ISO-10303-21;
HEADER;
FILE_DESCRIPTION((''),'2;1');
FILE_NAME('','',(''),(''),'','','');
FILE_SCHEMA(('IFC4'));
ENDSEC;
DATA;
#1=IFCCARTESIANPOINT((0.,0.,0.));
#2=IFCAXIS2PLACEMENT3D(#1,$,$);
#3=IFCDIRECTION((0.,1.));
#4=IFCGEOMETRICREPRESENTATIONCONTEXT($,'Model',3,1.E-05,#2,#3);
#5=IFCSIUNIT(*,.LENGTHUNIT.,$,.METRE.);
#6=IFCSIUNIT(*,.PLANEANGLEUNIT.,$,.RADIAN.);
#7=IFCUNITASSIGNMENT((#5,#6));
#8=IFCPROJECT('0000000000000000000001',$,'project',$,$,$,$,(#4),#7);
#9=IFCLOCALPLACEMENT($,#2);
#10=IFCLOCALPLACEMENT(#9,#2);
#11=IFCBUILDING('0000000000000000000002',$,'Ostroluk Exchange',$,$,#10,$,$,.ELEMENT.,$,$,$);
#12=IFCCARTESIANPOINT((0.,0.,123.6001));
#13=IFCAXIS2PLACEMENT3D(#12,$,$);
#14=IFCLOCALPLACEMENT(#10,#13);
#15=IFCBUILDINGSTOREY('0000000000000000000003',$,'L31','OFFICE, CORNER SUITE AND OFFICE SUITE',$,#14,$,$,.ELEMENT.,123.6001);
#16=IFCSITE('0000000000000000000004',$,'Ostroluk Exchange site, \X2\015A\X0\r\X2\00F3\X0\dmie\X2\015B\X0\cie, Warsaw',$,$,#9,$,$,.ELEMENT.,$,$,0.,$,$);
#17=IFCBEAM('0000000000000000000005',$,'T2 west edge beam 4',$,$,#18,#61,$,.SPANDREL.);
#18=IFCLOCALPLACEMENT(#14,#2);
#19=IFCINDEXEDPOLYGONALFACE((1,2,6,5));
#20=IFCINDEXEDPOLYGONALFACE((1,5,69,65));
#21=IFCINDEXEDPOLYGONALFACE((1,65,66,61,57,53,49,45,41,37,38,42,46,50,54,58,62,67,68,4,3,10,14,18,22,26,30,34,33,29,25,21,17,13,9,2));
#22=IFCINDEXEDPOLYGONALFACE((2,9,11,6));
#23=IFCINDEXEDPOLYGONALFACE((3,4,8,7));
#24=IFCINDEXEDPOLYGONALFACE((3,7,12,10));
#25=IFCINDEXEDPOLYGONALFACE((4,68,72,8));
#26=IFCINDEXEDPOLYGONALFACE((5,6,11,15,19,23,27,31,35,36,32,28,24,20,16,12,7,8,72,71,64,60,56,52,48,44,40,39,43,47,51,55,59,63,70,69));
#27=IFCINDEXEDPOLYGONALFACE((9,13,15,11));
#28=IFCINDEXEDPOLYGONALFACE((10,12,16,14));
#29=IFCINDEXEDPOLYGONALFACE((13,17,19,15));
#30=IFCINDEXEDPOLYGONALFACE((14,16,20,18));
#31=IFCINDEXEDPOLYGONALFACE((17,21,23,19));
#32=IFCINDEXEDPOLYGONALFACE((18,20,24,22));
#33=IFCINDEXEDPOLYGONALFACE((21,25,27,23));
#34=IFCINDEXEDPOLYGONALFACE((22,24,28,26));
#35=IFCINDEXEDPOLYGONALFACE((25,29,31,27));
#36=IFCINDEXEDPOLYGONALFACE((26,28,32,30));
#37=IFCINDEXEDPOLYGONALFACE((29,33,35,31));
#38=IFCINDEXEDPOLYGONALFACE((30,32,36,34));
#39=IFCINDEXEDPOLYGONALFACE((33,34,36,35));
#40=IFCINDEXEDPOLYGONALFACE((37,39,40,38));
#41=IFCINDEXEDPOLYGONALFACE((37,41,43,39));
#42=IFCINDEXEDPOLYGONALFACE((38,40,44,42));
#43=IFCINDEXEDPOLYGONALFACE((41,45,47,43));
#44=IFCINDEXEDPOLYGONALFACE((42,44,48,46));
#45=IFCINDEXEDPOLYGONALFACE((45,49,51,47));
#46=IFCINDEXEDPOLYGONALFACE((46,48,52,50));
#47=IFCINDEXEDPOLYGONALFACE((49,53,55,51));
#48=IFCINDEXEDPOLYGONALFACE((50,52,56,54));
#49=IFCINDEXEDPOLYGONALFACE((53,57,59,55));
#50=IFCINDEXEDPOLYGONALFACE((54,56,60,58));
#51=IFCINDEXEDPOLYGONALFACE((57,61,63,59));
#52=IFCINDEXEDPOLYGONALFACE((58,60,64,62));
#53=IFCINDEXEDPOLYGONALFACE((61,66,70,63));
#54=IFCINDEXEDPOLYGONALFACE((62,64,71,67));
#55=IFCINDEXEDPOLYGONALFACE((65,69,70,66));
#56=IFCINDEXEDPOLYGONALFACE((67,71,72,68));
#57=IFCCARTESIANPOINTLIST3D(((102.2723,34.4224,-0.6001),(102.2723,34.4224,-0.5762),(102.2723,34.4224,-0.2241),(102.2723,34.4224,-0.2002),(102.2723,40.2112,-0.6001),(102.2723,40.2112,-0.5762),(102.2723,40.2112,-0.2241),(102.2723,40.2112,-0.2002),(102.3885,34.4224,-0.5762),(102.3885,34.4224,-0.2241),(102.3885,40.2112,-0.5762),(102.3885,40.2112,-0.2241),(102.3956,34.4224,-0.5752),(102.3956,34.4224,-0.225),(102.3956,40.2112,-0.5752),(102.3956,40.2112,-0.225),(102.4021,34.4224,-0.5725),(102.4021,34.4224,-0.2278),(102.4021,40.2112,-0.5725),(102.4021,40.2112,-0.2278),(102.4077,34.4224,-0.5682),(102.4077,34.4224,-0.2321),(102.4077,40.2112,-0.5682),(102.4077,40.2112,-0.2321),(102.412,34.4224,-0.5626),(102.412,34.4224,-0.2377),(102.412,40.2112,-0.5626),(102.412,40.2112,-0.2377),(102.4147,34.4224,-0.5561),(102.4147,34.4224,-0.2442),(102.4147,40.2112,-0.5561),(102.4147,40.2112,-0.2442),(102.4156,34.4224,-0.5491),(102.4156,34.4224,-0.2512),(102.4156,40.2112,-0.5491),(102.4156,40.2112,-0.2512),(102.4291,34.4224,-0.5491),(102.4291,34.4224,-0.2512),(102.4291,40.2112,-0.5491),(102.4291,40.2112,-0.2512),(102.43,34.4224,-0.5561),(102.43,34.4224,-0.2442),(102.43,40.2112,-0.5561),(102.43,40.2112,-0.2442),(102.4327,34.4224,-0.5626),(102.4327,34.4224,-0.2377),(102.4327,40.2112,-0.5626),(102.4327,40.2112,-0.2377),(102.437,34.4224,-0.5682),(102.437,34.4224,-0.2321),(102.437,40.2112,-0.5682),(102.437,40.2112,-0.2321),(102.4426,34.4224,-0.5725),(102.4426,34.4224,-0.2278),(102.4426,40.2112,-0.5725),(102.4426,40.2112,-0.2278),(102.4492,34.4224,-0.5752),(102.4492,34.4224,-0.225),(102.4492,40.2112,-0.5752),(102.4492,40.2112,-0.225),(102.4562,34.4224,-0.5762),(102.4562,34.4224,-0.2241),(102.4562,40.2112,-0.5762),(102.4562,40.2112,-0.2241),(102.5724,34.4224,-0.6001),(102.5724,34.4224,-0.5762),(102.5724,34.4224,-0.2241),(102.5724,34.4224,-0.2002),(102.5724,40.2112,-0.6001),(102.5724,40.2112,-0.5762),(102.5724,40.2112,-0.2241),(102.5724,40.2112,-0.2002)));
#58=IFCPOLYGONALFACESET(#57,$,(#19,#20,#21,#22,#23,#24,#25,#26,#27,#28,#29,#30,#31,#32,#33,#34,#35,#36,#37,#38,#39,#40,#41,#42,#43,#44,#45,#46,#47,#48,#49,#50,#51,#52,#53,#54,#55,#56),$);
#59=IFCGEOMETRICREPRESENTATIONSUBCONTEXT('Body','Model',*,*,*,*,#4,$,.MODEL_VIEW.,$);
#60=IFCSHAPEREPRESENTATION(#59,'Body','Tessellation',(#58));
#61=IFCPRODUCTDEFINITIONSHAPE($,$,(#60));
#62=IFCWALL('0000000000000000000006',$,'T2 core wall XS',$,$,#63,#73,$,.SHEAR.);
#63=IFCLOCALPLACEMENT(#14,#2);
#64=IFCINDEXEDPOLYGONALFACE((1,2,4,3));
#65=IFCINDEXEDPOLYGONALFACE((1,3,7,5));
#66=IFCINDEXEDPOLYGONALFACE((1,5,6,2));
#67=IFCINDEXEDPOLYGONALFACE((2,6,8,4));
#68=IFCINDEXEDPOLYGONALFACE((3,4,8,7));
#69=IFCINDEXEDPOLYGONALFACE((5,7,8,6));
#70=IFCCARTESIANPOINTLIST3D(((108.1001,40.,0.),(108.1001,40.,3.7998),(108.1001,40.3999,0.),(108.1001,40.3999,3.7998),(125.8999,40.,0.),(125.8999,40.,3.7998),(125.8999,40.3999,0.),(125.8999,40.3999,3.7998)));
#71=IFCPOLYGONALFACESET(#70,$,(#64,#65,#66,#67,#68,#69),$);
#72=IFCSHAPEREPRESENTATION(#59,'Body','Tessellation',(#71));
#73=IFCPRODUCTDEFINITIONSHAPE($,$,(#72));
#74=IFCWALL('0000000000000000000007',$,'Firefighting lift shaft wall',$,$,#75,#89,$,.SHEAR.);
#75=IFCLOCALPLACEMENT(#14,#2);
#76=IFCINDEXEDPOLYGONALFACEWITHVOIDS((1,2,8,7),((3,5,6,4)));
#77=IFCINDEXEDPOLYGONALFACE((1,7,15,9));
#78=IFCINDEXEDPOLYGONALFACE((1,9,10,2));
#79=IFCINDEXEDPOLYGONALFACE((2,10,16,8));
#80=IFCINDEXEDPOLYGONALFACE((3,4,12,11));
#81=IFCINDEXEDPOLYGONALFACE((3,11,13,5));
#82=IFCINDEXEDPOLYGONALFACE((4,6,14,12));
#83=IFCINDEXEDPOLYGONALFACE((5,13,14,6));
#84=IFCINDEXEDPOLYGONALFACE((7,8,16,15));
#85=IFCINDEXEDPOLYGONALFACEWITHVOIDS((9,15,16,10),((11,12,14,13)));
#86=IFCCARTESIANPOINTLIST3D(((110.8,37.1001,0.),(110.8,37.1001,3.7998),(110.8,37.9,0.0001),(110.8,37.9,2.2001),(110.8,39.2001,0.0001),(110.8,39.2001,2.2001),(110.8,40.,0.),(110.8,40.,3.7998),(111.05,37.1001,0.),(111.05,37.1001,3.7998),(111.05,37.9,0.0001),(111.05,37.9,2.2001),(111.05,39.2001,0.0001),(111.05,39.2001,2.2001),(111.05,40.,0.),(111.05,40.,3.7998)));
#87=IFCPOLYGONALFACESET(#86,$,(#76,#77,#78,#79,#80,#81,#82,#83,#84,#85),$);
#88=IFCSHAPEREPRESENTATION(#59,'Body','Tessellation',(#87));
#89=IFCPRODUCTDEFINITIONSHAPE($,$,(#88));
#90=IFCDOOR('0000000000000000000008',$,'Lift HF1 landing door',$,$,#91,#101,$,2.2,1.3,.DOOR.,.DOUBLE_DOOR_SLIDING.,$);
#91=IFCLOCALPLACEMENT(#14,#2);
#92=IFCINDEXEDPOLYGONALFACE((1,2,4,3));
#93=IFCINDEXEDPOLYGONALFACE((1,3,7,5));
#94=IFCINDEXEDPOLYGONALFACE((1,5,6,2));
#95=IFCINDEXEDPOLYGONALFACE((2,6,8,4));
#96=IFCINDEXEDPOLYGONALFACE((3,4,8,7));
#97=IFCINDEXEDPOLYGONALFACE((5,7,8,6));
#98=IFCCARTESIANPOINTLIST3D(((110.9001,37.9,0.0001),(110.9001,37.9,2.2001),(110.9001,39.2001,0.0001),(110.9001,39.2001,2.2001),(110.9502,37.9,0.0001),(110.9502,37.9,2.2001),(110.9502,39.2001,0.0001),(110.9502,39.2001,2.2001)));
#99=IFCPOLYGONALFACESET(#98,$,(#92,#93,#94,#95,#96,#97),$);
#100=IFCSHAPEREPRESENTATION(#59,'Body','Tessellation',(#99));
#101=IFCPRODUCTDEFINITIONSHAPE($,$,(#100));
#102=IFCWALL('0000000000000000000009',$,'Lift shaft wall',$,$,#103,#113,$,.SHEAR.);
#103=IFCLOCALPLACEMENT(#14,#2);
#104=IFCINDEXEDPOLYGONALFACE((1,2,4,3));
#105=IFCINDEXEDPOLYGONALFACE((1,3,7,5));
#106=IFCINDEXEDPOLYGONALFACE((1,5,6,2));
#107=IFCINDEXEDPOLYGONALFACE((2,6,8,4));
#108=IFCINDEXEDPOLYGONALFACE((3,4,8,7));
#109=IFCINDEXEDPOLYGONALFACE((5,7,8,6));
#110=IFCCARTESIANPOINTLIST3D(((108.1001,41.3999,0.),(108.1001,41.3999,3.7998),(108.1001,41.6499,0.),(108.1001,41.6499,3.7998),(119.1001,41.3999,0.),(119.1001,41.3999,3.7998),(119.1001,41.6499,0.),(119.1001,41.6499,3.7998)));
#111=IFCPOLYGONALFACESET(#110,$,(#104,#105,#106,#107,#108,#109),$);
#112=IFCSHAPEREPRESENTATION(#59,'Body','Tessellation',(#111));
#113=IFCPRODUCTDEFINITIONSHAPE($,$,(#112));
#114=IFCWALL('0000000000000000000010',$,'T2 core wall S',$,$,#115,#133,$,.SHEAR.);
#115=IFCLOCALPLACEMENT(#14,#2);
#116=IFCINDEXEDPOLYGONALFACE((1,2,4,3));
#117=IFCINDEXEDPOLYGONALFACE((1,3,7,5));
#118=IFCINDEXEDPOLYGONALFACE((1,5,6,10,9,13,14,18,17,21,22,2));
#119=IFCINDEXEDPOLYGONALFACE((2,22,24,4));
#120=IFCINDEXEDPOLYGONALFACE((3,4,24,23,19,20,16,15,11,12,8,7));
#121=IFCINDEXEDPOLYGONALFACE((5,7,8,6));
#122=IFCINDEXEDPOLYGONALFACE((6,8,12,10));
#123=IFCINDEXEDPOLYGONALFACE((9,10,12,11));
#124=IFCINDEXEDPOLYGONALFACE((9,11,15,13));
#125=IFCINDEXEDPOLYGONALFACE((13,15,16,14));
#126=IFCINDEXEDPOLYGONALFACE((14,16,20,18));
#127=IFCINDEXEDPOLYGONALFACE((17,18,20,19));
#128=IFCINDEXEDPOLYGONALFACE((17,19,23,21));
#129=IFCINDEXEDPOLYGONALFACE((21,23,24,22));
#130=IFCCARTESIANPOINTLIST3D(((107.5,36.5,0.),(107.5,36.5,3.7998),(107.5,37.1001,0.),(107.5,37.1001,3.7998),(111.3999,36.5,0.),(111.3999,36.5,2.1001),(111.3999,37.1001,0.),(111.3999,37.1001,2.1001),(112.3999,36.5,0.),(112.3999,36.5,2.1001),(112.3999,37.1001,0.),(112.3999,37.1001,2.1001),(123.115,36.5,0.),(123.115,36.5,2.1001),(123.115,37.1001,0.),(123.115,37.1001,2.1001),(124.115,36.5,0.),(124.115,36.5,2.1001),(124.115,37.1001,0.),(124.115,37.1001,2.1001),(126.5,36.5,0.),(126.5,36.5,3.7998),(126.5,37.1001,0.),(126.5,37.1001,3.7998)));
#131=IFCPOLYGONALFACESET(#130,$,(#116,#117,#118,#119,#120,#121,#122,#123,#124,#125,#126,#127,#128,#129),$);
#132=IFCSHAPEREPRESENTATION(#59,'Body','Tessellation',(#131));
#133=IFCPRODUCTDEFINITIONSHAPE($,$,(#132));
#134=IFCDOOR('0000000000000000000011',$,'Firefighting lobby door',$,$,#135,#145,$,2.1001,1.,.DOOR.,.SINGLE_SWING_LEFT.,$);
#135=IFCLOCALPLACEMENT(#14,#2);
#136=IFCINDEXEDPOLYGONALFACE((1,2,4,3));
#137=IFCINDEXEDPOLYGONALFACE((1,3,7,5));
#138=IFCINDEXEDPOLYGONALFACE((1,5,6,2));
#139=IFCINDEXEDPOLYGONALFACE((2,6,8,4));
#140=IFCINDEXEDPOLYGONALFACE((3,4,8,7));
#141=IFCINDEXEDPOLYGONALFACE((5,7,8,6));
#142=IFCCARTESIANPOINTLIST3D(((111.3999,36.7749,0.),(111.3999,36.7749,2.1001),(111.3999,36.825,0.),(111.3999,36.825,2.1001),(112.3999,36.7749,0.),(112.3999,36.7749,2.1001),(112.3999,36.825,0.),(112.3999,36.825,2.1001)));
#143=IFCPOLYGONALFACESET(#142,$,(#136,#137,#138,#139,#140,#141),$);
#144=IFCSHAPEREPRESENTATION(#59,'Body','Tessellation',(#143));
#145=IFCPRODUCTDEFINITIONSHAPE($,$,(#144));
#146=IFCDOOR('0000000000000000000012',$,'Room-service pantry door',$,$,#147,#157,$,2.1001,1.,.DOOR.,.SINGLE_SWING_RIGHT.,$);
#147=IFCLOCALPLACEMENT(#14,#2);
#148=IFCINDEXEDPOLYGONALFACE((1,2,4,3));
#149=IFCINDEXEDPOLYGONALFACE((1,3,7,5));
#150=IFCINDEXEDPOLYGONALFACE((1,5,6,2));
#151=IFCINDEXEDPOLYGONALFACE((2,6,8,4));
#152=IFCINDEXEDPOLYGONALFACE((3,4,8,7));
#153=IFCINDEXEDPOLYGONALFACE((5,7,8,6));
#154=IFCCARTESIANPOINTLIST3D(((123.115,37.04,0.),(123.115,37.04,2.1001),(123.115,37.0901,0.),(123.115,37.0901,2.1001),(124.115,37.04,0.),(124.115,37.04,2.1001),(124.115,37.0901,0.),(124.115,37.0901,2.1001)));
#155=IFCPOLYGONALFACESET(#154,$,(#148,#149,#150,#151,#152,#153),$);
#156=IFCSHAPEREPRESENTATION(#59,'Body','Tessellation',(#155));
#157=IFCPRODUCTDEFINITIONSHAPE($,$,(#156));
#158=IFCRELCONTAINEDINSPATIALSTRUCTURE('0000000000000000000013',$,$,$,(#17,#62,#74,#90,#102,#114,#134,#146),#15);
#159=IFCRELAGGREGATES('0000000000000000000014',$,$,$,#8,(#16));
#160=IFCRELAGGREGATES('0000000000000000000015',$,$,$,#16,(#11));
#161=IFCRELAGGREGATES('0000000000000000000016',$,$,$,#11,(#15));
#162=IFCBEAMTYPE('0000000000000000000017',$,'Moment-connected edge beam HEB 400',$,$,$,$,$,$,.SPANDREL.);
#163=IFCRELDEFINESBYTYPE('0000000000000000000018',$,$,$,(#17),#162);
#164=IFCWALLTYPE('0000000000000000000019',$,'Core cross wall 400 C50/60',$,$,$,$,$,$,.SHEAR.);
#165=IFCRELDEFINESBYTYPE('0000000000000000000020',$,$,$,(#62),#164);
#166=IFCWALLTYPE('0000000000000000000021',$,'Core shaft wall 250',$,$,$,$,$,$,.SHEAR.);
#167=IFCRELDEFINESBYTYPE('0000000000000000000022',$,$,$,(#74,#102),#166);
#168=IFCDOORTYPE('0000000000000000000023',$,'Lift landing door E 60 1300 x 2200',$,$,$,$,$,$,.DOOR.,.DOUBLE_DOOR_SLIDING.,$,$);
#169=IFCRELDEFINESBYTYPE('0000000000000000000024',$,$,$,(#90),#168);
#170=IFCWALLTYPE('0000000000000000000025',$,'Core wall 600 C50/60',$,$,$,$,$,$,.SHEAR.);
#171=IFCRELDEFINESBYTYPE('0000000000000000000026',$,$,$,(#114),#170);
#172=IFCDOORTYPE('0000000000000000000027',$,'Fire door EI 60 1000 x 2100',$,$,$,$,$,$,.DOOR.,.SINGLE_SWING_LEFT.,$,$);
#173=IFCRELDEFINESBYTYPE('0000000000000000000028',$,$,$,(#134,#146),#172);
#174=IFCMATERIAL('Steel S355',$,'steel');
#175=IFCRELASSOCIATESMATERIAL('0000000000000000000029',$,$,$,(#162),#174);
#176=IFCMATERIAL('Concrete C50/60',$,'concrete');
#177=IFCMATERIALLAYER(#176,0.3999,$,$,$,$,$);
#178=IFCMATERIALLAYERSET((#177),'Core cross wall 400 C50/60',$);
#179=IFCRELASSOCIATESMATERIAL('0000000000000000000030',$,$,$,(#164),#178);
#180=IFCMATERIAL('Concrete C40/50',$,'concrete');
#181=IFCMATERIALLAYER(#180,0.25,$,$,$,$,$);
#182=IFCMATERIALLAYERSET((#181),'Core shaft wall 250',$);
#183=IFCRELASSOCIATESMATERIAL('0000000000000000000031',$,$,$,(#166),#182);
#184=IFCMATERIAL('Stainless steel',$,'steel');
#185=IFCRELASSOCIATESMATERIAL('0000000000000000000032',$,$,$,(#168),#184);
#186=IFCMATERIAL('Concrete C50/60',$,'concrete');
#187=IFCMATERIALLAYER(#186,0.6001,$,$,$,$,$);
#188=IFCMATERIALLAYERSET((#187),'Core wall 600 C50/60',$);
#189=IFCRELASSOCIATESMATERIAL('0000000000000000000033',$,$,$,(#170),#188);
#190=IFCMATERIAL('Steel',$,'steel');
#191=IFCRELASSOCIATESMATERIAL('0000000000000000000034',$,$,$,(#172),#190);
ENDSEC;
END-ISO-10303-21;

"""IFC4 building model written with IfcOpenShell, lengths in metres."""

from ifc_helpers import new_model, si_unit, direction, frame, frame_2d, origin, origin_2d, place, context, subcontext, project, spatial, rectangle, i_section, extrude, material, layer, layer_set, material_profile, profile_set, type_object, element, fill, save


model = new_model("IFC4")

# Units and contexts
model_context = context("Model", 3, precision=1e-05, world=origin(), true_north=direction((0.0, 1.0)))
body_context = subcontext(model_context, "Body", "Model", "MODEL_VIEW")
ifc_project = project(units=[si_unit("LENGTHUNIT", "METRE"), si_unit("PLANEANGLEUNIT", "RADIAN")], contexts=[model_context])

# Site, building, storey
site_placement = place(None, origin())
site = spatial("IfcSite", under=ifc_project, at=site_placement, Name="Ostroluk Exchange site, Śródmieście, Warsaw", CompositionType="ELEMENT", RefElevation=0.0)
building_placement = place(site_placement, origin())
building = spatial("IfcBuilding", under=site, at=building_placement, Name="Ostroluk Exchange", CompositionType="ELEMENT")
storey_placement = place(building_placement, frame((0.0, 0.0, 123.6001)))
storey = spatial("IfcBuildingStorey", under=building, at=storey_placement, Name="L31", Description="OFFICE, CORNER SUITE AND OFFICE SUITE", CompositionType="ELEMENT", Elevation=123.6001)

# Beam
ifc_material_1 = material(Name="Steel S355", Category="steel")
ifc_material_profile_1 = material_profile(ifc_material_1, i_section(OverallWidth=0.3, OverallDepth=0.3999, WebThickness=0.0134, FlangeThickness=0.0239, FilletRadius=0.0271, at=origin_2d()), Name="HEB 400")
ifc_profile_set_1 = profile_set([ifc_material_profile_1], Name="Steel S355")
beam_type_1 = type_object("IfcBeamType", Name="Moment-connected edge beam HEB 400", PredefinedType="SPANDREL", material=ifc_profile_set_1)
beam_1_placement = place(storey_placement, frame((102.4224, 40.2112, -0.4001), z_axis=(0.0, -1.0, 0.0), x_axis=(1.0, 0.0, 0.0)))
element("IfcBeam", 1, at=beam_1_placement, inside=storey, type_object=beam_type_1, Name="T2 west edge beam 4", PredefinedType="SPANDREL", context=body_context, shape_type="SweptSolid", body=[
    extrude(i_section(OverallWidth=0.3, OverallDepth=0.3999, WebThickness=0.0134, FlangeThickness=0.0239, FilletRadius=0.0271, at=origin_2d()), origin(), (0.0, 0.0, 1.0), 5.7888),
])

# Wall
ifc_material_2 = material(Name="Concrete C50/60", Category="concrete")
ifc_layer_1 = layer(ifc_material_2, 0.3999)
ifc_layer_set_1 = layer_set([ifc_layer_1], Name="Core cross wall 400 C50/60")
wall_type_1 = type_object("IfcWallType", Name="Core cross wall 400 C50/60", PredefinedType="SHEAR", material=ifc_layer_set_1)
wall_1_placement = place(storey_placement, frame((108.1001, 40.2, 0.0), z_axis=(0.0, 0.0, 1.0), x_axis=(1.0, 0.0, 0.0)))
element("IfcWall", 2, at=wall_1_placement, inside=storey, type_object=wall_type_1, Name="T2 core wall XS", PredefinedType="SHEAR", context=body_context, shape_type="SweptSolid", body=[
    extrude(rectangle(XDim=17.7998, YDim=0.3999, at=frame_2d((8.8999, 0.0))), origin(), (0.0, 0.0, 1.0), 3.7998),
])

# Wall, opening, door
ifc_material_3 = material(Name="Concrete C40/50", Category="concrete")
ifc_layer_2 = layer(ifc_material_3, 0.25)
ifc_layer_set_2 = layer_set([ifc_layer_2], Name="Core shaft wall 250")
wall_type_2 = type_object("IfcWallType", Name="Core shaft wall 250", PredefinedType="SHEAR", material=ifc_layer_set_2)
wall_2_placement = place(storey_placement, frame((110.925, 37.1001, 0.0), z_axis=(0.0, 0.0, 1.0), x_axis=(0.0, 1.0, 0.0)))
wall_2 = element("IfcWall", 3, at=wall_2_placement, inside=storey, type_object=wall_type_2, Name="Firefighting lift shaft wall", PredefinedType="SHEAR", context=body_context, shape_type="SweptSolid", body=[
    extrude(rectangle(XDim=2.8999, YDim=0.25, at=frame_2d((1.45, 0.0))), origin(), (0.0, 0.0, 1.0), 3.7998),
])
opening_1_placement = place(wall_2_placement, frame((0.8, 0.0, 0.0)))
opening_1 = element("IfcOpeningElement", 4, at=opening_1_placement, cuts=wall_2, PredefinedType="OPENING", context=body_context, shape_type="SweptSolid", body=[
    extrude(rectangle(XDim=1.3, YDim=2.2, at=frame_2d((0.6499, 1.1001))), frame((0.0, 0.135, 0.0), z_axis=(0.0, -1.0, 0.0), x_axis=(1.0, 0.0, 0.0)), (0.0, 0.0, 1.0), 0.27),
])
ifc_material_4 = material(Name="Stainless steel", Category="steel")
door_type_1 = type_object("IfcDoorType", Name="Lift landing door E 60 1300 x 2200", OperationType="DOUBLE_DOOR_SLIDING", PredefinedType="DOOR", material=ifc_material_4)
door_1_placement = place(opening_1_placement, origin())
door_1 = element("IfcDoor", 5, at=door_1_placement, inside=storey, type_object=door_type_1, Name="Lift HF1 landing door", OperationType="DOUBLE_DOOR_SLIDING", OverallHeight=2.2, OverallWidth=1.3, PredefinedType="DOOR", context=body_context, shape_type="SweptSolid", body=[
    extrude(rectangle(XDim=1.3, YDim=2.2, at=frame_2d((0.6499, 1.1001))), frame((0.0, 0.0249, 0.0), z_axis=(0.0, -1.0, 0.0), x_axis=(1.0, 0.0, 0.0)), (0.0, 0.0, 1.0), 0.05),
])
fill(opening_1, door_1)

# Wall
wall_3_placement = place(storey_placement, frame((108.1001, 41.5249, 0.0), z_axis=(0.0, 0.0, 1.0), x_axis=(1.0, 0.0, 0.0)))
element("IfcWall", 6, at=wall_3_placement, inside=storey, type_object=wall_type_2, Name="Lift shaft wall", PredefinedType="SHEAR", context=body_context, shape_type="SweptSolid", body=[
    extrude(rectangle(XDim=11.0, YDim=0.25, at=frame_2d((5.5, 0.0))), origin(), (0.0, 0.0, 1.0), 3.7998),
])

# Wall, openings, doors
ifc_material_5 = material(Name="Concrete C50/60", Category="concrete")
ifc_layer_3 = layer(ifc_material_5, 0.6001)
ifc_layer_set_3 = layer_set([ifc_layer_3], Name="Core wall 600 C50/60")
wall_type_3 = type_object("IfcWallType", Name="Core wall 600 C50/60", PredefinedType="SHEAR", material=ifc_layer_set_3)
wall_4_placement = place(storey_placement, frame((107.5, 36.8, 0.0), z_axis=(0.0, 0.0, 1.0), x_axis=(1.0, 0.0, 0.0)))
wall_4 = element("IfcWall", 7, at=wall_4_placement, inside=storey, type_object=wall_type_3, Name="T2 core wall S", PredefinedType="SHEAR", context=body_context, shape_type="SweptSolid", body=[
    extrude(rectangle(XDim=19.0, YDim=0.6001, at=frame_2d((9.5, 0.0))), origin(), (0.0, 0.0, 1.0), 3.7998),
])
opening_2_placement = place(wall_4_placement, frame((3.8999, 0.0, 0.0)))
opening_2 = element("IfcOpeningElement", 8, at=opening_2_placement, cuts=wall_4, PredefinedType="OPENING", context=body_context, shape_type="SweptSolid", body=[
    extrude(rectangle(XDim=1.0, YDim=2.1001, at=frame_2d((0.5, 1.05))), frame((0.0, 0.3101, 0.0), z_axis=(0.0, -1.0, 0.0), x_axis=(1.0, 0.0, 0.0)), (0.0, 0.0, 1.0), 0.6201),
])
opening_3_placement = place(wall_4_placement, frame((15.615, 0.0, 0.0)))
opening_3 = element("IfcOpeningElement", 9, at=opening_3_placement, cuts=wall_4, PredefinedType="OPENING", context=body_context, shape_type="SweptSolid", body=[
    extrude(rectangle(XDim=1.0, YDim=2.1001, at=frame_2d((0.5, 1.05))), frame((0.0, 0.3101, 0.0), z_axis=(0.0, -1.0, 0.0), x_axis=(1.0, 0.0, 0.0)), (0.0, 0.0, 1.0), 0.6201),
])
ifc_material_6 = material(Name="Steel", Category="steel")
door_type_2 = type_object("IfcDoorType", Name="Fire door EI 60 1000 x 2100", OperationType="SINGLE_SWING_LEFT", PredefinedType="DOOR", material=ifc_material_6)
door_2_placement = place(opening_2_placement, origin())
door_2 = element("IfcDoor", 10, at=door_2_placement, inside=storey, type_object=door_type_2, Name="Firefighting lobby door", OperationType="SINGLE_SWING_LEFT", OverallHeight=2.1001, OverallWidth=1.0, PredefinedType="DOOR", context=body_context, shape_type="SweptSolid", body=[
    extrude(rectangle(XDim=1.0, YDim=2.1001, at=frame_2d((0.5, 1.05))), frame((0.0, 0.0249, 0.0), z_axis=(0.0, -1.0, 0.0), x_axis=(1.0, 0.0, 0.0)), (0.0, 0.0, 1.0), 0.05),
])
fill(opening_2, door_2)
door_3_placement = place(opening_3_placement, origin())
door_3 = element("IfcDoor", 11, at=door_3_placement, inside=storey, type_object=door_type_2, Name="Room-service pantry door", OperationType="SINGLE_SWING_RIGHT", OverallHeight=2.1001, OverallWidth=1.0, PredefinedType="DOOR", context=body_context, shape_type="SweptSolid", body=[
    extrude(rectangle(XDim=1.0, YDim=2.1001, at=frame_2d((0.5, 1.05))), frame((0.0, 0.29, 0.0), z_axis=(0.0, -1.0, 0.0), x_axis=(1.0, 0.0, 0.0)), (0.0, 0.0, 1.0), 0.05),
])
fill(opening_3, door_3)

save(model, "model.ifc")
